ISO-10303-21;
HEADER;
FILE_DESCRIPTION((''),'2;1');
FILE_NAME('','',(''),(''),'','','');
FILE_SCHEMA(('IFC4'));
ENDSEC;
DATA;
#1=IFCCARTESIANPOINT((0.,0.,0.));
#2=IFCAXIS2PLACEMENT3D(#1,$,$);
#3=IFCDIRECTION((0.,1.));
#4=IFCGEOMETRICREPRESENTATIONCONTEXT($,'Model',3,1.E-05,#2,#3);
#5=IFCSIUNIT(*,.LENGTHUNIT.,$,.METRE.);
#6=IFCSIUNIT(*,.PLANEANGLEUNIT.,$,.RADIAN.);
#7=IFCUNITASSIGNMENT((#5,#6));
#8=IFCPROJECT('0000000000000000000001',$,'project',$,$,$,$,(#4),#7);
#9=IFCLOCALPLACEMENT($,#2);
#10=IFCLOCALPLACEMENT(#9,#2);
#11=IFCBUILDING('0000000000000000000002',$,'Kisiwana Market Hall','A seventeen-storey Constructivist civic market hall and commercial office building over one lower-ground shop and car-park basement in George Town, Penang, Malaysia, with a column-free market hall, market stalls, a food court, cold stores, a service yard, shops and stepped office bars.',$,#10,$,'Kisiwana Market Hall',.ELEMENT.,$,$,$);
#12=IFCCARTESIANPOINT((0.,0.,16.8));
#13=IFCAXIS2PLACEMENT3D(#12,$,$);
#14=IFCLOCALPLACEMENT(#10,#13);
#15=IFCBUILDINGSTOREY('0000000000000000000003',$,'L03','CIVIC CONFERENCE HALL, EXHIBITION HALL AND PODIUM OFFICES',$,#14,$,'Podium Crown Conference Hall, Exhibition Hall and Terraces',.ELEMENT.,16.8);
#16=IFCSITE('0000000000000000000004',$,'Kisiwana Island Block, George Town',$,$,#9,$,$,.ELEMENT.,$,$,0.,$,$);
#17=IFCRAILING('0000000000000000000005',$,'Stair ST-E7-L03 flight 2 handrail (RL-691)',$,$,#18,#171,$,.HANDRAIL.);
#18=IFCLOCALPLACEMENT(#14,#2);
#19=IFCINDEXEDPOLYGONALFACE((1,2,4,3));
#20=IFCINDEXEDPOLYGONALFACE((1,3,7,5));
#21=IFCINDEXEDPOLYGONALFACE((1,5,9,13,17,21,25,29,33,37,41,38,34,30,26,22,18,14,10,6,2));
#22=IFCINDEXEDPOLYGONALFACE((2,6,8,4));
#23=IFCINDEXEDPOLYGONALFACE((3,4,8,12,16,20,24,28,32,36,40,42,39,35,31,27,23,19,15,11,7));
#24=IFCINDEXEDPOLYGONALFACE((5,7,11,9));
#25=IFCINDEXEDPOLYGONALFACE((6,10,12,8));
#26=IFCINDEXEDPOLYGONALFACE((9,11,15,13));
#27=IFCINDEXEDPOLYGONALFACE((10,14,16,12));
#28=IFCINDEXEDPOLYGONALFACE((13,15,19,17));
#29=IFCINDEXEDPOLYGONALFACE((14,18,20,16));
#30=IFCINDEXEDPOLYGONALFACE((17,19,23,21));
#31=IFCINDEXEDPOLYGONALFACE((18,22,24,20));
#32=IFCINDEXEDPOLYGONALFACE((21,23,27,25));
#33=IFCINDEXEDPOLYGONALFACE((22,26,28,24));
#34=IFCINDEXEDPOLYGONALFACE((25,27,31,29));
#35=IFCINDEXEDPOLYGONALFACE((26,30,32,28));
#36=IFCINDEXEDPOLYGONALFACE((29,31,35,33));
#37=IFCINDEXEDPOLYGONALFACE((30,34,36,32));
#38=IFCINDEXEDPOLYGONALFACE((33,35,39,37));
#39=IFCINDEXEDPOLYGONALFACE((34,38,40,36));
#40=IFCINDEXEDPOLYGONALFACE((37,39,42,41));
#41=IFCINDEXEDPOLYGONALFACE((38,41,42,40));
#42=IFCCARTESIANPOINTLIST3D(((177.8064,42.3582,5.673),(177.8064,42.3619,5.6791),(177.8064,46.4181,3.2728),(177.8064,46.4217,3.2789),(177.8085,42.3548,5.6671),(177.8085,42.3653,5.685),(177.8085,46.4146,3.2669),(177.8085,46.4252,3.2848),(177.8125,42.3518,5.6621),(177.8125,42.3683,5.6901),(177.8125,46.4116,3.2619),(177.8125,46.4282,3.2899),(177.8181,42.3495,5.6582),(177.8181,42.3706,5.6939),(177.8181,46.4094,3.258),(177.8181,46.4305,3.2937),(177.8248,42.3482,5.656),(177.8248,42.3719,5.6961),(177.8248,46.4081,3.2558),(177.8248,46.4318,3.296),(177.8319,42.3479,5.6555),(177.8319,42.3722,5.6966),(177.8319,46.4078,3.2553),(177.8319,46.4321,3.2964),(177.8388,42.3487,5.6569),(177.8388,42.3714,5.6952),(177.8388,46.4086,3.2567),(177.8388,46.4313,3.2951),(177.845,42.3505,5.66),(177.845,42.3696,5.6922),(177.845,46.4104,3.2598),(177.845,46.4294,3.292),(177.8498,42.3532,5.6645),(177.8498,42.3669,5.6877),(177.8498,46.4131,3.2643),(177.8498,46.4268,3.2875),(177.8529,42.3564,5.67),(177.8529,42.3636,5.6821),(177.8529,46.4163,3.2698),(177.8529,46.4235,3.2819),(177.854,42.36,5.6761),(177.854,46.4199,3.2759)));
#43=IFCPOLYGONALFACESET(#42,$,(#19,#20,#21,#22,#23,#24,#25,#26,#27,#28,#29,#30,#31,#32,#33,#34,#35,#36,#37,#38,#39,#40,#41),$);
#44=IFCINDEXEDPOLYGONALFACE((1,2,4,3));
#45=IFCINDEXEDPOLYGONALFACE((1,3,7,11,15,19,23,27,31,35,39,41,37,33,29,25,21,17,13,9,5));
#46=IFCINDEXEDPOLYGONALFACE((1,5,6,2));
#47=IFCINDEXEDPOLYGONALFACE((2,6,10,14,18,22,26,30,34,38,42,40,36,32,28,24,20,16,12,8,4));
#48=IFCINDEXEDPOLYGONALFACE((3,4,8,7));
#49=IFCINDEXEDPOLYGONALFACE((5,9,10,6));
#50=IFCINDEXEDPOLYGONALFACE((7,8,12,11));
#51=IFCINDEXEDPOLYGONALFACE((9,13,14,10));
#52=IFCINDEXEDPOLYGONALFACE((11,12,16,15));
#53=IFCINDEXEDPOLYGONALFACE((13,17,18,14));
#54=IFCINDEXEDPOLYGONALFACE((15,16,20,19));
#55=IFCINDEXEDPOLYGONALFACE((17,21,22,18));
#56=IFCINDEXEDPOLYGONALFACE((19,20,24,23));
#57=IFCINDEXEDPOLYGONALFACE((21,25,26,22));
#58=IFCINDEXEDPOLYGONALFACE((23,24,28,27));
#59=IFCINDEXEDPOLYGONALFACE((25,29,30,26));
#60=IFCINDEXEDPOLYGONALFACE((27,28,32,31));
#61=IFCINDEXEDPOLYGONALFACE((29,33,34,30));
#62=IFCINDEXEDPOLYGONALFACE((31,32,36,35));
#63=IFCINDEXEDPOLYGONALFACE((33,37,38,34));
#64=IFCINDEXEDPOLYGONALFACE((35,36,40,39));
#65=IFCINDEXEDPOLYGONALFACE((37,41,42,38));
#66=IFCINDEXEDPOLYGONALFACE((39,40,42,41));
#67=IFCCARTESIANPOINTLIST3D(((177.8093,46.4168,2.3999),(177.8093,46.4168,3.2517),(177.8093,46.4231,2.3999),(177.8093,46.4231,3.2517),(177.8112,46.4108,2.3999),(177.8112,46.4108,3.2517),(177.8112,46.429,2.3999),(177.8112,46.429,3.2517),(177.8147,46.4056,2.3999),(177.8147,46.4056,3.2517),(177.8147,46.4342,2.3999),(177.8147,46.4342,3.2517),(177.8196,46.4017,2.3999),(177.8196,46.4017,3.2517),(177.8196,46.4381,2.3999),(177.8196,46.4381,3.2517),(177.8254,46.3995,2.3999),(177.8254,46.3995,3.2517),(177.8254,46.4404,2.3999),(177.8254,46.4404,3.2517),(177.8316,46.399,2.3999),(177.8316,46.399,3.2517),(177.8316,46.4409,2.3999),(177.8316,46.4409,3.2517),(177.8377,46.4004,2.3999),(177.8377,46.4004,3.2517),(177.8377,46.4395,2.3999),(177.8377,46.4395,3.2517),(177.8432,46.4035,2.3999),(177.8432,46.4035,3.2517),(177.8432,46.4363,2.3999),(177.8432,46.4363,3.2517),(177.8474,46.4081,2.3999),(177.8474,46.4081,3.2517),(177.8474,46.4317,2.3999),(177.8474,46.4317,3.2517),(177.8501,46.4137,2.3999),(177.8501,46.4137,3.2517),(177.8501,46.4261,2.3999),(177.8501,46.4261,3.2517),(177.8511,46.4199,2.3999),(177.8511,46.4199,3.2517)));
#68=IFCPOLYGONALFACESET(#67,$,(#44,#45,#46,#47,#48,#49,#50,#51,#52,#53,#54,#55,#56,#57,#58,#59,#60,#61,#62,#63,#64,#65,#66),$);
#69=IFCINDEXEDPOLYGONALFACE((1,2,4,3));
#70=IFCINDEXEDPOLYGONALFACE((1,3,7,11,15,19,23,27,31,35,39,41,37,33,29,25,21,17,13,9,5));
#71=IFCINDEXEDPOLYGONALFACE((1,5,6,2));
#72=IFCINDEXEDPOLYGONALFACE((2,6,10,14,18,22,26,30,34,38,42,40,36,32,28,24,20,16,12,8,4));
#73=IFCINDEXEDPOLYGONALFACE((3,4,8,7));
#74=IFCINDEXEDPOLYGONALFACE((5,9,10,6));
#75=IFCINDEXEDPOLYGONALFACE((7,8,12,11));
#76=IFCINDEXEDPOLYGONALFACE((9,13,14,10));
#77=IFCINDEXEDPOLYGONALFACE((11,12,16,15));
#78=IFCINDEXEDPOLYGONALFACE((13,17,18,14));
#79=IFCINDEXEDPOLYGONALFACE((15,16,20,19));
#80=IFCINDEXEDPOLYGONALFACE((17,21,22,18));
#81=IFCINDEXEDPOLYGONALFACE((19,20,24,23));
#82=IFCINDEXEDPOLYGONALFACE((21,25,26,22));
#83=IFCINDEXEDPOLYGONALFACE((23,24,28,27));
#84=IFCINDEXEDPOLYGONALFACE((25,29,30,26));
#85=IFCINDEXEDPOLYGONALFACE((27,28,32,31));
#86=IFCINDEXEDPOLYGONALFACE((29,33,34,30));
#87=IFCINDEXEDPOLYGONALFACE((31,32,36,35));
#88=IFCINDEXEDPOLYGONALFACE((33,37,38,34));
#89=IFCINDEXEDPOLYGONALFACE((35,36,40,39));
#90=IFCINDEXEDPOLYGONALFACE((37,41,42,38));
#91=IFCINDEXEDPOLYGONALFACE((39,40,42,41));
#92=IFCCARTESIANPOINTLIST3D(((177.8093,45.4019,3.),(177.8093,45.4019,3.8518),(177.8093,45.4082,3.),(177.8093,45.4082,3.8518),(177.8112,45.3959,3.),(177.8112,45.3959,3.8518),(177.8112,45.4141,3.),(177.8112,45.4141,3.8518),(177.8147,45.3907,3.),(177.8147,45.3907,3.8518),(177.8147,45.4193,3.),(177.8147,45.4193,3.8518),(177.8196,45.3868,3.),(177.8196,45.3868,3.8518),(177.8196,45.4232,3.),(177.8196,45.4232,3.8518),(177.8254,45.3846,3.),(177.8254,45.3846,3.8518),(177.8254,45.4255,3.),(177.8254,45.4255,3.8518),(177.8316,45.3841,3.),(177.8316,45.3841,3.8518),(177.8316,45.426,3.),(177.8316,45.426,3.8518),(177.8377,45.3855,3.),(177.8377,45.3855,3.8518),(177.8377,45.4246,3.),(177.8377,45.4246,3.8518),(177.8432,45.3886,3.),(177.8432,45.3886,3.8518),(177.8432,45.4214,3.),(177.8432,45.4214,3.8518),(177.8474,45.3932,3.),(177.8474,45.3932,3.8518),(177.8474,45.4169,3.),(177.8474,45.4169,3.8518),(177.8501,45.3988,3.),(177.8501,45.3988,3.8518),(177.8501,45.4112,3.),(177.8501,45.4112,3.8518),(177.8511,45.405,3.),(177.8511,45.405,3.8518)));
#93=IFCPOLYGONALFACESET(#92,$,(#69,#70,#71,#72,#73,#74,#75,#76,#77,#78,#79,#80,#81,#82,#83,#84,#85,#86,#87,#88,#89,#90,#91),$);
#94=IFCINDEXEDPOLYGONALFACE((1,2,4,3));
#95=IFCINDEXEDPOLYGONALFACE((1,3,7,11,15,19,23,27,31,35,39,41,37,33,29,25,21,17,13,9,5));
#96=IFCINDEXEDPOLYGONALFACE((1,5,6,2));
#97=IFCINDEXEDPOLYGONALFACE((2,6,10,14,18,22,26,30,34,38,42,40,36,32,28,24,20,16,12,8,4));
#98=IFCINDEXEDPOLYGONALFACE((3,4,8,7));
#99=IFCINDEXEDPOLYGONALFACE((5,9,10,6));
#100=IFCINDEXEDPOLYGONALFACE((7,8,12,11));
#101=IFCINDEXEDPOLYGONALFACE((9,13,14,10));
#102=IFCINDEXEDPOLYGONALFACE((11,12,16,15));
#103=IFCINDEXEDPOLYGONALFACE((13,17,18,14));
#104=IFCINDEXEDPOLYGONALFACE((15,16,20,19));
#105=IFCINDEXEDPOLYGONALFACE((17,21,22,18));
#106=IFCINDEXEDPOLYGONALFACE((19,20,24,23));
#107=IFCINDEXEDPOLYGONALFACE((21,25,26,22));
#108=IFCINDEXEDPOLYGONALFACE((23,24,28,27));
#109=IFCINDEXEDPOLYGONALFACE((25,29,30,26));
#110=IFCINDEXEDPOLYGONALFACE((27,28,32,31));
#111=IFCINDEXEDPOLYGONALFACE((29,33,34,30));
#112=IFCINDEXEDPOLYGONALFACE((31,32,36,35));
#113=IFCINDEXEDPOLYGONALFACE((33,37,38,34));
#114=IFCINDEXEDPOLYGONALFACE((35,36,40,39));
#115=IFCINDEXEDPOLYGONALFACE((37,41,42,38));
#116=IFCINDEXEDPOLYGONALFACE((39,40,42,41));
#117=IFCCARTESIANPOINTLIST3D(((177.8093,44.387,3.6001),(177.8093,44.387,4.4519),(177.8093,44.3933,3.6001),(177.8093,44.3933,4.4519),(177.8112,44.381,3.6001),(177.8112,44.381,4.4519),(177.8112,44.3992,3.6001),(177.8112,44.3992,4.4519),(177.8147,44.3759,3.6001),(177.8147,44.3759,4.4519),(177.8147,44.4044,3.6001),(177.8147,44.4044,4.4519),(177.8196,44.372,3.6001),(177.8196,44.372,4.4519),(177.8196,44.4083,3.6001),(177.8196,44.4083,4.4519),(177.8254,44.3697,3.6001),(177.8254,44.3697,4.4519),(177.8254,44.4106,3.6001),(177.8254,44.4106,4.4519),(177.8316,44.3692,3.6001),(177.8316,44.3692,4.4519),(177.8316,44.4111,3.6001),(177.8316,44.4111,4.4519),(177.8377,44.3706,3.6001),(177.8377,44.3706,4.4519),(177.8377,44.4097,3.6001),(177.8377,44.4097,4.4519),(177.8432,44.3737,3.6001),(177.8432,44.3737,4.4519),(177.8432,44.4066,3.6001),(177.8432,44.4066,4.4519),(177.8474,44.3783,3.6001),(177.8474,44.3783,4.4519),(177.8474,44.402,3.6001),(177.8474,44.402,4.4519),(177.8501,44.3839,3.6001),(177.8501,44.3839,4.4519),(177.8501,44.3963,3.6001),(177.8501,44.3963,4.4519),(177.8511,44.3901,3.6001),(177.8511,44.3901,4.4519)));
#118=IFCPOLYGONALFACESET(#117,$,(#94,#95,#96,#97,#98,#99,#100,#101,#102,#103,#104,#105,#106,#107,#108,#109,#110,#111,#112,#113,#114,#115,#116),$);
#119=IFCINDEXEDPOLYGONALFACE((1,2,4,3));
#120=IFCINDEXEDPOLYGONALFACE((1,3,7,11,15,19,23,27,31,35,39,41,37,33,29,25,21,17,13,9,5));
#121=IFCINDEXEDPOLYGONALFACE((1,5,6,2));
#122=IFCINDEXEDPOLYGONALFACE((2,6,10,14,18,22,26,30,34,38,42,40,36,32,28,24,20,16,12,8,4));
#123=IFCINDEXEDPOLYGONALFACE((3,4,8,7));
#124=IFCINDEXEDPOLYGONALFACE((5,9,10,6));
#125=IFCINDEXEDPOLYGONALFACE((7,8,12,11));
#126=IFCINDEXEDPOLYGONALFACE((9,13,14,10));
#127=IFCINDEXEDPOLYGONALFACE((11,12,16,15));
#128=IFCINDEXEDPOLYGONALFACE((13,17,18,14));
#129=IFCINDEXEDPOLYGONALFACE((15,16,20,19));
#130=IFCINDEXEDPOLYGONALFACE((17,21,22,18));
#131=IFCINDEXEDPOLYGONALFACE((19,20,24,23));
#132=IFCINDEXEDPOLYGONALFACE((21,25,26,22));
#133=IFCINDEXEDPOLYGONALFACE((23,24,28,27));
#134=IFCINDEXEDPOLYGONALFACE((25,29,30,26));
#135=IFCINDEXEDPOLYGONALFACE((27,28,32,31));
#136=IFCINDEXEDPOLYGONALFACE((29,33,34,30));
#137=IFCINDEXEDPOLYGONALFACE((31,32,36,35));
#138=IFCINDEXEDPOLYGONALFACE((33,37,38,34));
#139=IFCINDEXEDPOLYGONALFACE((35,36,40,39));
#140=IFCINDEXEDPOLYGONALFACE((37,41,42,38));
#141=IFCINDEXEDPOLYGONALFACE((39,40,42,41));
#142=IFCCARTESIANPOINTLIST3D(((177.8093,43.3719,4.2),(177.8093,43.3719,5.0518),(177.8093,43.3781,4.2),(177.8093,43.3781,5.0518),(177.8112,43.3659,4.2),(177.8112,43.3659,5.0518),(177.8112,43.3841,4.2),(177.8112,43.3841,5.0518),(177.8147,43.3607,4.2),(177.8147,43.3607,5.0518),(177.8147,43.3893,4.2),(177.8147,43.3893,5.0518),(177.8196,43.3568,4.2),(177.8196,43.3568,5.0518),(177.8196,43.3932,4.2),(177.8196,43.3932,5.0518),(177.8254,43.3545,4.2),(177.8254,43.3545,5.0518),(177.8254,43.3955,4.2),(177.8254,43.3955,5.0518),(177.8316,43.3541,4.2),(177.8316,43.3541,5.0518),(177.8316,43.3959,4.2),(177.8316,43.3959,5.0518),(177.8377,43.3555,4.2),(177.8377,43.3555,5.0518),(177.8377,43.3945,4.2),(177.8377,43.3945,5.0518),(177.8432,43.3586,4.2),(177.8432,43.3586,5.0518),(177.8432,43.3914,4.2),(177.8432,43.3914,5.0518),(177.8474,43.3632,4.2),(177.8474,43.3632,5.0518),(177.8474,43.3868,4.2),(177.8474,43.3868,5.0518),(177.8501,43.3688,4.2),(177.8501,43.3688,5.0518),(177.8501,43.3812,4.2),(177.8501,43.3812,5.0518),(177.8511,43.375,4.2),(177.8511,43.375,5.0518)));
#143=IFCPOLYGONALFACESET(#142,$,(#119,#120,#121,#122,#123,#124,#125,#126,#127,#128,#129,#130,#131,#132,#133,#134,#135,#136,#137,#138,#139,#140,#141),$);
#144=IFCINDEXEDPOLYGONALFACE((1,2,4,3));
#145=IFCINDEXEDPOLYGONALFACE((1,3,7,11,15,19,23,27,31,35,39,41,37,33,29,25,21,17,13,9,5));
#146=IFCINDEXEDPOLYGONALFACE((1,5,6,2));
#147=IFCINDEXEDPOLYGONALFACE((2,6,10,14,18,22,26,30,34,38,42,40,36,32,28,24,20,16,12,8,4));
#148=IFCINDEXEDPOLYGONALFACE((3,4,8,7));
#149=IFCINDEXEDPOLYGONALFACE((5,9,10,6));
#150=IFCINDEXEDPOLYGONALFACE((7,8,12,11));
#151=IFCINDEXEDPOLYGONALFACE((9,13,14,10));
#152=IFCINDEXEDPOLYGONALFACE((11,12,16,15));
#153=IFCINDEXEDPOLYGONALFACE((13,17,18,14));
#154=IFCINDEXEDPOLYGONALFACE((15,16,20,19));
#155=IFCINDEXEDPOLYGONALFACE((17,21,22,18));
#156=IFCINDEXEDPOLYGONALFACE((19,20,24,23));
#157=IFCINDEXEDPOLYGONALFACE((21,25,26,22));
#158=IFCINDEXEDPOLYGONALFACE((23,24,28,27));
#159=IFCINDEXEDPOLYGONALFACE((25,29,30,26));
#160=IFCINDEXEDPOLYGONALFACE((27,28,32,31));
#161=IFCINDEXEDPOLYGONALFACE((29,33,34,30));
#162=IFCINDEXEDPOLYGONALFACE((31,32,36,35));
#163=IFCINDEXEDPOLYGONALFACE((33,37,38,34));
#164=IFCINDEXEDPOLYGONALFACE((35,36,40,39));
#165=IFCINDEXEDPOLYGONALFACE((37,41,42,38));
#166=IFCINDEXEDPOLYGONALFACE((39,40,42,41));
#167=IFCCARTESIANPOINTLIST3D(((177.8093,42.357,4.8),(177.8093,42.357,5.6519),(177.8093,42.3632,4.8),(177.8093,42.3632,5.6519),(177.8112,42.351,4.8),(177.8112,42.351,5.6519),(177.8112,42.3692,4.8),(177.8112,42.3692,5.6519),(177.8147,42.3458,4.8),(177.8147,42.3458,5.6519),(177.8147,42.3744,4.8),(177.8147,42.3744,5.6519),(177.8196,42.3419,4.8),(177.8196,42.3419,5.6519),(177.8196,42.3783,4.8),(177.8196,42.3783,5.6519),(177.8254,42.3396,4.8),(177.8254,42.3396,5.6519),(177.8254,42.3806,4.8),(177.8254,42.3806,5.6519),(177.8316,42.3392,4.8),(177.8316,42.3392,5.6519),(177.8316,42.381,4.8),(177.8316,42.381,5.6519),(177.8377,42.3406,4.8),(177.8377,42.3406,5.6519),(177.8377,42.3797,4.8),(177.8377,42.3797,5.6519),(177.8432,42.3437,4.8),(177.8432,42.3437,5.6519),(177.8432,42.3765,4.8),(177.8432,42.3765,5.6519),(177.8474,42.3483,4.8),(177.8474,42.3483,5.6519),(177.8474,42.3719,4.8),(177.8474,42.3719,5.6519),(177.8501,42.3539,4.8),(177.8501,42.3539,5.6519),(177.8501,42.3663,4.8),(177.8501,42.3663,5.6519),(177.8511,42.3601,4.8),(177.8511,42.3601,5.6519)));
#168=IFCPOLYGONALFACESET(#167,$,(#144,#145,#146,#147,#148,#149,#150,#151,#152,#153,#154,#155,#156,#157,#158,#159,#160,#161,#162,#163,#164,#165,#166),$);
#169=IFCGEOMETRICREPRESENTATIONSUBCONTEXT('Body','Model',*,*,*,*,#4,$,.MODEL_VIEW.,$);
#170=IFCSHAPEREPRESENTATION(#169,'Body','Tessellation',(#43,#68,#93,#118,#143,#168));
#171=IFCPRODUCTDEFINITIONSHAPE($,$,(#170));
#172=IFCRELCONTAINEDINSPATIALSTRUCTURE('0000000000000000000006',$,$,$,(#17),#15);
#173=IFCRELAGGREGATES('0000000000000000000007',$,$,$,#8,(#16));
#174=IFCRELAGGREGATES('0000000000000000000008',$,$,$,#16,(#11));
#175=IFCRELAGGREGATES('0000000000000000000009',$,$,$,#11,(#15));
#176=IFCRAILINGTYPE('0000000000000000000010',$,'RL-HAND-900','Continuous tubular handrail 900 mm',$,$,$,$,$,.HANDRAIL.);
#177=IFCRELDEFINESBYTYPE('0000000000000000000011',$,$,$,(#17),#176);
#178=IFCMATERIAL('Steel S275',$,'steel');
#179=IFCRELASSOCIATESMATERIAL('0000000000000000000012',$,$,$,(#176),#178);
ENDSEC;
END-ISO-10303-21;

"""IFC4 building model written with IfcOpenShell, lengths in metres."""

from ifc_helpers import new_model, si_unit, direction, frame, origin, origin_2d, place, context, subcontext, project, spatial, circle, extrude, material, type_object, element, save


model = new_model("IFC4")

# Units and contexts
model_context = context("Model", 3, precision=1e-05, world=origin(), true_north=direction((0.0, 1.0)))
body_context = subcontext(model_context, "Body", "Model", "MODEL_VIEW")
ifc_project = project(units=[si_unit("LENGTHUNIT", "METRE"), si_unit("PLANEANGLEUNIT", "RADIAN")], contexts=[model_context])

# Site, building, storey
site_placement = place(None, origin())
site = spatial("IfcSite", under=ifc_project, at=site_placement, Name="Kisiwana Island Block, George Town", CompositionType="ELEMENT", RefElevation=0.0)
building_placement = place(site_placement, origin())
building = spatial("IfcBuilding", under=site, at=building_placement, Name="Kisiwana Market Hall", Description="A seventeen-storey Constructivist civic market hall and commercial office building over one lower-ground shop and car-park basement in George Town, Penang, Malaysia, with a column-free market hall, market stalls, a food court, cold stores, a service yard, shops and stepped office bars.", LongName="Kisiwana Market Hall", CompositionType="ELEMENT")
storey_placement = place(building_placement, frame((0.0, 0.0, 16.8)))
storey = spatial("IfcBuildingStorey", under=building, at=storey_placement, Name="L03", Description="CIVIC CONFERENCE HALL, EXHIBITION HALL AND PODIUM OFFICES", LongName="Podium Crown Conference Hall, Exhibition Hall and Terraces", CompositionType="ELEMENT", Elevation=16.8)

# Railing
ifc_material_1 = material(Name="Steel S275", Category="steel")
railing_type_1 = type_object("IfcRailingType", Name="RL-HAND-900", Description="Continuous tubular handrail 900 mm", PredefinedType="HANDRAIL", material=ifc_material_1)
railing_1_placement = place(storey_placement, frame((177.8301, 46.4199, 2.3999)))
element("IfcRailing", 1, at=railing_1_placement, inside=storey, type_object=railing_type_1, Name="Stair ST-E7-L03 flight 2 handrail (RL-691)", PredefinedType="HANDRAIL", context=body_context, shape_type="SweptSolid", body=[
    extrude(circle(Radius=0.0239, at=origin_2d()), frame((0.0, 0.0, 0.876), z_axis=(0.0, -0.860818, 0.508912), x_axis=(1.0, 0.0, 0.0)), (0.0, 0.0, 1.0), 4.7163),
    extrude(circle(Radius=0.021, at=origin_2d()), origin(), (0.0, 0.0, 1.0), 0.8518),
    extrude(circle(Radius=0.021, at=origin_2d()), frame((0.0, -1.0149, 0.6001)), (0.0, 0.0, 1.0), 0.8518),
    extrude(circle(Radius=0.021, at=origin_2d()), frame((0.0, -2.0298, 1.2002)), (0.0, 0.0, 1.0), 0.8518),
    extrude(circle(Radius=0.021, at=origin_2d()), frame((0.0, -3.0449, 1.8)), (0.0, 0.0, 1.0), 0.8518),
    extrude(circle(Radius=0.021, at=origin_2d()), frame((0.0, -4.0598, 2.4001)), (0.0, 0.0, 1.0), 0.8518),
])

save(model, "model.ifc")
